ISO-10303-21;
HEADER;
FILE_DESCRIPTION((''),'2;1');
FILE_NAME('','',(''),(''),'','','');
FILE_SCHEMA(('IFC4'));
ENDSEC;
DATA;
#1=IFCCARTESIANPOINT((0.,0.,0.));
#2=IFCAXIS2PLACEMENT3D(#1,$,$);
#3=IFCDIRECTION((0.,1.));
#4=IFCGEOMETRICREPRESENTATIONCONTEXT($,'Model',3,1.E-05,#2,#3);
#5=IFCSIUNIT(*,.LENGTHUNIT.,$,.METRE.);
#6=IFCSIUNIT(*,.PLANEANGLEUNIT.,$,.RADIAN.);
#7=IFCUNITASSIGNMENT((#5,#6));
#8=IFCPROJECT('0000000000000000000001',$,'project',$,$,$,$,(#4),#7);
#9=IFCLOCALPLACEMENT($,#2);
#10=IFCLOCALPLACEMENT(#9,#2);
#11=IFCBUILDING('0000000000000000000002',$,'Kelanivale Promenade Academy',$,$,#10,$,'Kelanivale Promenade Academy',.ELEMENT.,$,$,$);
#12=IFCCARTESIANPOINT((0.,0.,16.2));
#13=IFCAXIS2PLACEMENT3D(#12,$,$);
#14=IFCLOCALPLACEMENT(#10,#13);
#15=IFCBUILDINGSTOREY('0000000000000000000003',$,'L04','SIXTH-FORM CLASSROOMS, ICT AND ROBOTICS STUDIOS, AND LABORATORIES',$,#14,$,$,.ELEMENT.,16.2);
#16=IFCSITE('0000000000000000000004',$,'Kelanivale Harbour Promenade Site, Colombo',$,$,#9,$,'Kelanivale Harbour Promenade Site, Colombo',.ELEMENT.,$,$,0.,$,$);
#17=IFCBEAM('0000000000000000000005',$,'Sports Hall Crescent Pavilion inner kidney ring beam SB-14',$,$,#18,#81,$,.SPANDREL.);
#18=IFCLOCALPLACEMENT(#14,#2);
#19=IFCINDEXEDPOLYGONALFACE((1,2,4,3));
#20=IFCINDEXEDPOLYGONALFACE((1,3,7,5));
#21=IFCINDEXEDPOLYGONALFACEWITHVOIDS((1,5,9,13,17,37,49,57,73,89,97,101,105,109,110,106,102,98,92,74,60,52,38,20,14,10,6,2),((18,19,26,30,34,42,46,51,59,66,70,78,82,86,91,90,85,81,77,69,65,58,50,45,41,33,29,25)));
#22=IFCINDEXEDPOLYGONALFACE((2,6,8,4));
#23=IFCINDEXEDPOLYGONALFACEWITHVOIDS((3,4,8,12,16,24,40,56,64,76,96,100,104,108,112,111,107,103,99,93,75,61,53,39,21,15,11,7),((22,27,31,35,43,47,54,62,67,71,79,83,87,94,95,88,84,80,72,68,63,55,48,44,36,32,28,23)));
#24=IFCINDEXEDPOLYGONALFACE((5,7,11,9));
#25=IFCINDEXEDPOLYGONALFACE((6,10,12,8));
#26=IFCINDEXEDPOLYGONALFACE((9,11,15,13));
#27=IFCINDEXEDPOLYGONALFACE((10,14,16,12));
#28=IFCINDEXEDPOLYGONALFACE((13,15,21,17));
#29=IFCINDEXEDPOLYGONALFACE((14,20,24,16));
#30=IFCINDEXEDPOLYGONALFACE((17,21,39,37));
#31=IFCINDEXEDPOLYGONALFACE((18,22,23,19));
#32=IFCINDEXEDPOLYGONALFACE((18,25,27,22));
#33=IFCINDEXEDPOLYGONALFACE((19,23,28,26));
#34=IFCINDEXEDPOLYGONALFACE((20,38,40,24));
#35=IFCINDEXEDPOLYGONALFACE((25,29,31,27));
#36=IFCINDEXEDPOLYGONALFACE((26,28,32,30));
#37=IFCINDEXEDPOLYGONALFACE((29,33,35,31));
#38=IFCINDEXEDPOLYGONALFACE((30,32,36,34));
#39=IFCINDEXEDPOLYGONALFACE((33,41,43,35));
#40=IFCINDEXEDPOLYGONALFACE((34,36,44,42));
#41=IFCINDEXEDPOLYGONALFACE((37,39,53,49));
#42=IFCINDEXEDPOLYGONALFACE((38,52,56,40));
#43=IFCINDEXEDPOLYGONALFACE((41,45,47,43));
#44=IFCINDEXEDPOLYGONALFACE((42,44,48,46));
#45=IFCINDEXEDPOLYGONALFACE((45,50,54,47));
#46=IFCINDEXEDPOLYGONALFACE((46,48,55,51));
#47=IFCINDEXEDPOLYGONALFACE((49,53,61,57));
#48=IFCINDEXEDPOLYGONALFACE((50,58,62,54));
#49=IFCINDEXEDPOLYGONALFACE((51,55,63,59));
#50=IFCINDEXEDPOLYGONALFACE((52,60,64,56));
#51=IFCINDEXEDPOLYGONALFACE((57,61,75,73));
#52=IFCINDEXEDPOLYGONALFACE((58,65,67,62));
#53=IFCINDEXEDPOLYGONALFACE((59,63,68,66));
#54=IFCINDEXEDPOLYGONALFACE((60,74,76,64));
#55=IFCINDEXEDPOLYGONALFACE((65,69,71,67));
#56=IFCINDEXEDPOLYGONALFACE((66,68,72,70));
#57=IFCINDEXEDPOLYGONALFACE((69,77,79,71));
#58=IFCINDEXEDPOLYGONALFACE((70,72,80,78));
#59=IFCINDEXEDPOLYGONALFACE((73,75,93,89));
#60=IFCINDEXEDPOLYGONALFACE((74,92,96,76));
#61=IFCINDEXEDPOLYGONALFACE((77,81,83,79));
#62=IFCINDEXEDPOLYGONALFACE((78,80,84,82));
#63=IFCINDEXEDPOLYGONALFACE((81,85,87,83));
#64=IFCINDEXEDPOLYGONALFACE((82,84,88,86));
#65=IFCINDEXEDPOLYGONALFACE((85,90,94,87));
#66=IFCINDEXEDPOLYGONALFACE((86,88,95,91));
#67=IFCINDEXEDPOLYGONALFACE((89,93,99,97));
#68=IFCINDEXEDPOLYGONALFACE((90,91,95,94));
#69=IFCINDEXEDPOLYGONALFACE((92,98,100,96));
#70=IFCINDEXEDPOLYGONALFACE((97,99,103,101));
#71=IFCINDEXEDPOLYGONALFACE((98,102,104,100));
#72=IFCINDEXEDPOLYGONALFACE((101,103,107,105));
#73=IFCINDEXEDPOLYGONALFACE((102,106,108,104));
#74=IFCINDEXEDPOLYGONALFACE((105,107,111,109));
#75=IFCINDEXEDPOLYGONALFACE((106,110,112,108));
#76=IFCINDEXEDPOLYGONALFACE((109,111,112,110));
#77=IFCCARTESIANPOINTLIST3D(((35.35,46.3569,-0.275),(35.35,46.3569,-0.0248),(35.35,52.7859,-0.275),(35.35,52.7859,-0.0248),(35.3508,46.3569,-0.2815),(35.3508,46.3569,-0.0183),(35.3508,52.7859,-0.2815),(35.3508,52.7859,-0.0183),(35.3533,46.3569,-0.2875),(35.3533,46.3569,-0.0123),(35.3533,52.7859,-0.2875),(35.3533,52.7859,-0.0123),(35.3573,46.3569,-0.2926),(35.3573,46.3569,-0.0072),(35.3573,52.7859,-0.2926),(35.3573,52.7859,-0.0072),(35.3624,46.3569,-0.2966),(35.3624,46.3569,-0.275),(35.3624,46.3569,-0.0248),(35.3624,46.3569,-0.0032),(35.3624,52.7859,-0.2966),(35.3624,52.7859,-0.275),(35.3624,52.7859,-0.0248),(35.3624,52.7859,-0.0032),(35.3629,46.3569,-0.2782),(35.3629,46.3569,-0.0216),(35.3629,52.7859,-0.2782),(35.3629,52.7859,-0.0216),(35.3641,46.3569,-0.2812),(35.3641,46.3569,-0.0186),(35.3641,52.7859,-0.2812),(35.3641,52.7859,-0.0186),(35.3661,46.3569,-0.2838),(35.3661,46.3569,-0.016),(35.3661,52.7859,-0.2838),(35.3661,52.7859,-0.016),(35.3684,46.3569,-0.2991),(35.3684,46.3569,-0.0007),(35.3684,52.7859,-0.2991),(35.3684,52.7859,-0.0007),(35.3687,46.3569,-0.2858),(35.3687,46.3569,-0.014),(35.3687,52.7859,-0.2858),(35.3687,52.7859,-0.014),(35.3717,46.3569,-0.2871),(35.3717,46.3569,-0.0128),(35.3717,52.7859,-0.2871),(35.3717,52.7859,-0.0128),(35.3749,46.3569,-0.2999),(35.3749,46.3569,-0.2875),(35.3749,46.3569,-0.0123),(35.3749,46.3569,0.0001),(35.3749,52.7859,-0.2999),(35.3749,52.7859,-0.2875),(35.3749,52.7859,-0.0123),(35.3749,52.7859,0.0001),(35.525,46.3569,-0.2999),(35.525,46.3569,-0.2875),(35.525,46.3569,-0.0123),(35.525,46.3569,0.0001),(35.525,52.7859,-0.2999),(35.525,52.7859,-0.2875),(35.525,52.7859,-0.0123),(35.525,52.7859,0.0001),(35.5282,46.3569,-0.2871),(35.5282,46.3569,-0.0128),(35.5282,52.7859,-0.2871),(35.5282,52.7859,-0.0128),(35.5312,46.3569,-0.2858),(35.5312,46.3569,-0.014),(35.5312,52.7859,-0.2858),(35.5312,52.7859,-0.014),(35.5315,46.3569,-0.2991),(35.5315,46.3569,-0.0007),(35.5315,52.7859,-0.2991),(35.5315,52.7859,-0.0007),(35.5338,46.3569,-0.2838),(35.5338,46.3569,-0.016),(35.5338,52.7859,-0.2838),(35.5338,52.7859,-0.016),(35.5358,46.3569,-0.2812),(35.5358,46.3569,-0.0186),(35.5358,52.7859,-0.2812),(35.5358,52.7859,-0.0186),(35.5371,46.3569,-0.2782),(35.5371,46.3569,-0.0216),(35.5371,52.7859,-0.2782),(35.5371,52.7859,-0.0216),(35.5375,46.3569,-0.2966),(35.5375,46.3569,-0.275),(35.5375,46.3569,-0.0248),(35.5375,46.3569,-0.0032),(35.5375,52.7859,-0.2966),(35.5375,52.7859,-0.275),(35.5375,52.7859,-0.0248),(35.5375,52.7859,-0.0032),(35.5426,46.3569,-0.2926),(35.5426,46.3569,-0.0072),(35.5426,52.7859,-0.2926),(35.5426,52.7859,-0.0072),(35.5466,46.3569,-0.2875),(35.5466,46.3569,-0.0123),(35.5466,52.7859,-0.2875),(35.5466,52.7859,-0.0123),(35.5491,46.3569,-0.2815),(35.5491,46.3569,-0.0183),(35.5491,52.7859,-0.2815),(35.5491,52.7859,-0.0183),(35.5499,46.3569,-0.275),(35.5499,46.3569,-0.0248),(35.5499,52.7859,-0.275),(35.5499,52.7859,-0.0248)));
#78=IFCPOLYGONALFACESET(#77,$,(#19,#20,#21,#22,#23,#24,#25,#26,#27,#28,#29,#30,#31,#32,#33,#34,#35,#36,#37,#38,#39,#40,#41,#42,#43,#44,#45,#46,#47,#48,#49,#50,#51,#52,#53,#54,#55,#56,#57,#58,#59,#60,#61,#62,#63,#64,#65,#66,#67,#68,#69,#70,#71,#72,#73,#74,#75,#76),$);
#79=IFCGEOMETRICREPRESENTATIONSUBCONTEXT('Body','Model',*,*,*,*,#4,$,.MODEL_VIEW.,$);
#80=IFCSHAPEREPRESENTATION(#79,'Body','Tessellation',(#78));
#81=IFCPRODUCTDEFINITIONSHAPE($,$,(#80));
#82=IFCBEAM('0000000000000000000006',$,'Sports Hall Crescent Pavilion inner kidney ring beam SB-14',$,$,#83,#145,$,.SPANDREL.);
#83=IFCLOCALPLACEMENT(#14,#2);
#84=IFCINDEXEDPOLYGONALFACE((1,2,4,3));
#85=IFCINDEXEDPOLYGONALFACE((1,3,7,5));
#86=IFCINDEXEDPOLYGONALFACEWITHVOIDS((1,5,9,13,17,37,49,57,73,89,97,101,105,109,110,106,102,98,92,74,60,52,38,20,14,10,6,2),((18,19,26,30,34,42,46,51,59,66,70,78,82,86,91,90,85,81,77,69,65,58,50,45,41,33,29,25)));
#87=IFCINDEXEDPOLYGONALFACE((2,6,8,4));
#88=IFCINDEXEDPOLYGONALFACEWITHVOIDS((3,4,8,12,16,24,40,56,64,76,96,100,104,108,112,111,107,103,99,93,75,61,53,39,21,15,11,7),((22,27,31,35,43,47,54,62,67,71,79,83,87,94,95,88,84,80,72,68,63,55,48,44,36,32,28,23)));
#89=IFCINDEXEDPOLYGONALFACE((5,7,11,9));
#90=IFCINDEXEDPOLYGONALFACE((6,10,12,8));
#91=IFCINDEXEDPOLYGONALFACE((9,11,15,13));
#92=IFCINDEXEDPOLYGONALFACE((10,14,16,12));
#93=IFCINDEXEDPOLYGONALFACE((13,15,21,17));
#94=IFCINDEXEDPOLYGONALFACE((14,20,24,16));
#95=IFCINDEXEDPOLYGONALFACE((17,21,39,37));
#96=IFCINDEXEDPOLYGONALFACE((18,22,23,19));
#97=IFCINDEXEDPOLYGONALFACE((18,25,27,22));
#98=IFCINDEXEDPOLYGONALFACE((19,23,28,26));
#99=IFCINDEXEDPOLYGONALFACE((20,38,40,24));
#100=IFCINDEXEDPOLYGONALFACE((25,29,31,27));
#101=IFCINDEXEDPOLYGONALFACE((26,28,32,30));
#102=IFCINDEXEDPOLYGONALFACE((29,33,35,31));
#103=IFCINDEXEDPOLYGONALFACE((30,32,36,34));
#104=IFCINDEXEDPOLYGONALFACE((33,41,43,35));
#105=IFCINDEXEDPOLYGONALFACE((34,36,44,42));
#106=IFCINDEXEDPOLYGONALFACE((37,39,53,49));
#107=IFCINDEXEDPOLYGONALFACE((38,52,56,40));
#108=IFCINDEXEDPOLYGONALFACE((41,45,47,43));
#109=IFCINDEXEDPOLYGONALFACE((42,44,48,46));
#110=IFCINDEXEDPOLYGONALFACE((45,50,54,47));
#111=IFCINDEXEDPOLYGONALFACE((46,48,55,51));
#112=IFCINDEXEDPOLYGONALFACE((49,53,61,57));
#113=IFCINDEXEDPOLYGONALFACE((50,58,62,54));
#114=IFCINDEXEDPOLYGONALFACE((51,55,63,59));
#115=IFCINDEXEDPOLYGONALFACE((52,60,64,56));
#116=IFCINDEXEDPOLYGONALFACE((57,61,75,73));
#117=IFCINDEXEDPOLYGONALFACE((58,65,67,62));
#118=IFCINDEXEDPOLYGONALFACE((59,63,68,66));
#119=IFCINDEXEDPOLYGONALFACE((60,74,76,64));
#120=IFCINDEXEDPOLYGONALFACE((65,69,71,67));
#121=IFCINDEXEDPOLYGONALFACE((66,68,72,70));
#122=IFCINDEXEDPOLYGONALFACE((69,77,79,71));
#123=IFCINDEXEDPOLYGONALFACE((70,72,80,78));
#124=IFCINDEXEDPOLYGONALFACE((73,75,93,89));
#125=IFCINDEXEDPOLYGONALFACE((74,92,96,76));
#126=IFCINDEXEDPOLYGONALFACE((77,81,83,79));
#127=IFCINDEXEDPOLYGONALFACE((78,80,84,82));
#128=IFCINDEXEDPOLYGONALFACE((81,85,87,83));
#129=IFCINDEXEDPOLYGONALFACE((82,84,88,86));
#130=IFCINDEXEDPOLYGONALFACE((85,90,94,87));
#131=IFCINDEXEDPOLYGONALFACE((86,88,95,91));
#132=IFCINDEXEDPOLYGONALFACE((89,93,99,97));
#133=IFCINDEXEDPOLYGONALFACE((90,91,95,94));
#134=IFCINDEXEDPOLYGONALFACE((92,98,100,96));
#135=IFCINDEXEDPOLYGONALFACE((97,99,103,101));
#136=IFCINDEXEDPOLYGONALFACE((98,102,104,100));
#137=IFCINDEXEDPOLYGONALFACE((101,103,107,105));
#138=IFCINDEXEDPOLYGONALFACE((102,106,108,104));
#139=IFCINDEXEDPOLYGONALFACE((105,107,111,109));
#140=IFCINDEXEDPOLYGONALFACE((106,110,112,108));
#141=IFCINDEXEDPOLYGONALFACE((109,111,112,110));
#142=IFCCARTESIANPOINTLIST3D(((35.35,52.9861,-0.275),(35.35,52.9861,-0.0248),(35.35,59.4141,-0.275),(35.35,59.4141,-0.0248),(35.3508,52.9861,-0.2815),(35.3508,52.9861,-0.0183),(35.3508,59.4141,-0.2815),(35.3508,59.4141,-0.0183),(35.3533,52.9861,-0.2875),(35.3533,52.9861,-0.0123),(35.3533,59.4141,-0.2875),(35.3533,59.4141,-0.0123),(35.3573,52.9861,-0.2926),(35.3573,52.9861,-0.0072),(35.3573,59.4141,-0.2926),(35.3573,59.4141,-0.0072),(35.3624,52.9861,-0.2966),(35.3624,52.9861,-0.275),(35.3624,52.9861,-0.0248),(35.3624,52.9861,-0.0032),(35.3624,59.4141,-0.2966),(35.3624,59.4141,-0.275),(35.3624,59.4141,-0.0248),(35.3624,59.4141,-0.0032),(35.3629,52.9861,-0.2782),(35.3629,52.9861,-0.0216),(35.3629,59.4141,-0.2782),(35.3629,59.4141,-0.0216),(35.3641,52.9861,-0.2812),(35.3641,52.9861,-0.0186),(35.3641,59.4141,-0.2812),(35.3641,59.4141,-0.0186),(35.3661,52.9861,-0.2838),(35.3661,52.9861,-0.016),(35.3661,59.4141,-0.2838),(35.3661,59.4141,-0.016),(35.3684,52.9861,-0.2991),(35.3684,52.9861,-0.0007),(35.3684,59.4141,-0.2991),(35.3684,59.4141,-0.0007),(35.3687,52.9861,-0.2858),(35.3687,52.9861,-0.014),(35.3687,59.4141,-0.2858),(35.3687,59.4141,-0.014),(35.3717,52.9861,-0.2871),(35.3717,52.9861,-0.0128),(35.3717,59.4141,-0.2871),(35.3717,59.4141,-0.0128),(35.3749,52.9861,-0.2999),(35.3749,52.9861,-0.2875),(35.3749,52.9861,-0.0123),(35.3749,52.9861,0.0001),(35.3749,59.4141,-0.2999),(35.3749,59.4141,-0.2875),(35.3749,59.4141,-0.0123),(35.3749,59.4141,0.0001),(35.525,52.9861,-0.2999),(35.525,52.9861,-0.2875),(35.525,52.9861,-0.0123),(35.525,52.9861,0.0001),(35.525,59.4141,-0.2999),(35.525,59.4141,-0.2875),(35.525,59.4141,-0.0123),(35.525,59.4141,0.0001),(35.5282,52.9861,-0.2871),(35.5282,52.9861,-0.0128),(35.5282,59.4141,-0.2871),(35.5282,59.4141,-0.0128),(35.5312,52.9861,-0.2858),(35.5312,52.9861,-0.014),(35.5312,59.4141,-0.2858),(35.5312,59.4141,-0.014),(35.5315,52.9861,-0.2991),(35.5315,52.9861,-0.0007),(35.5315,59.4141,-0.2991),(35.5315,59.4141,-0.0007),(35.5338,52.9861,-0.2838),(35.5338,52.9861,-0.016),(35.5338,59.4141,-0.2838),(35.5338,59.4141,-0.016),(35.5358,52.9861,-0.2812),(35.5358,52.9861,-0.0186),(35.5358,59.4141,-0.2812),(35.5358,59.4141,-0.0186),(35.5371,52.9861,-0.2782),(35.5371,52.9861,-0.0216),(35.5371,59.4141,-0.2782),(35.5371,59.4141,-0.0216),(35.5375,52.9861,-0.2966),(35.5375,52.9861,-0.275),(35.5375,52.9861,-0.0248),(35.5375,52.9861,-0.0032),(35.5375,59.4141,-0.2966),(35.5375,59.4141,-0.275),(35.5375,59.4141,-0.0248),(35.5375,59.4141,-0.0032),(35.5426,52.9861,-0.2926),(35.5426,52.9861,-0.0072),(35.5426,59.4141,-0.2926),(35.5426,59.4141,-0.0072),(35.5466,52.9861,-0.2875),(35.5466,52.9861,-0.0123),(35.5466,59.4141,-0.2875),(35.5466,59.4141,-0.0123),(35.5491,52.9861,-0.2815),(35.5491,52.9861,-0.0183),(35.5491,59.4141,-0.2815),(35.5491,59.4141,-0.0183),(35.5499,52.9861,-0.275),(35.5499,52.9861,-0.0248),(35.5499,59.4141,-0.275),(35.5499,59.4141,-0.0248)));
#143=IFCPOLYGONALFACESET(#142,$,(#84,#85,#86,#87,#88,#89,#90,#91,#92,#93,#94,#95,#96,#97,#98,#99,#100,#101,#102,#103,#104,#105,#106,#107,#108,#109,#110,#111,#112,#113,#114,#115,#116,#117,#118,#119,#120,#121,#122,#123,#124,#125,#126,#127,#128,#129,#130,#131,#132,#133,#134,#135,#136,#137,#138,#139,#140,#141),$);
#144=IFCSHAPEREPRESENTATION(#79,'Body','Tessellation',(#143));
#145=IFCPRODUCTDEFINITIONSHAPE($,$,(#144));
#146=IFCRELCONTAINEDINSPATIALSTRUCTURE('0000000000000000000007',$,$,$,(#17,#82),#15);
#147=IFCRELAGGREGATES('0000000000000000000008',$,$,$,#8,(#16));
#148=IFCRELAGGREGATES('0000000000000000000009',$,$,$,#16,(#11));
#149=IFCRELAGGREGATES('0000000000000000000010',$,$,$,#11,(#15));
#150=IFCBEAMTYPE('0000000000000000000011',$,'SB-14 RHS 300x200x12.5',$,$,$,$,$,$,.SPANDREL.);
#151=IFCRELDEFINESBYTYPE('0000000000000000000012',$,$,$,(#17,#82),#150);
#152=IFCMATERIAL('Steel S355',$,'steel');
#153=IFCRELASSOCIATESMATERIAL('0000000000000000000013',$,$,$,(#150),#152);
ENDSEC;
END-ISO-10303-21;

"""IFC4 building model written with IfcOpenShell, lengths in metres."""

from ifc_helpers import new_model, si_unit, direction, frame, origin, origin_2d, place, context, subcontext, project, spatial, hollow_rectangle, extrude, material, material_profile, profile_set, type_object, element, save


model = new_model("IFC4")

# Units and contexts
model_context = context("Model", 3, precision=1e-05, world=origin(), true_north=direction((0.0, 1.0)))
body_context = subcontext(model_context, "Body", "Model", "MODEL_VIEW")
ifc_project = project(units=[si_unit("LENGTHUNIT", "METRE"), si_unit("PLANEANGLEUNIT", "RADIAN")], contexts=[model_context])

# Site, building, storey
site_placement = place(None, origin())
site = spatial("IfcSite", under=ifc_project, at=site_placement, Name="Kelanivale Harbour Promenade Site, Colombo", LongName="Kelanivale Harbour Promenade Site, Colombo", CompositionType="ELEMENT", RefElevation=0.0)
building_placement = place(site_placement, origin())
building = spatial("IfcBuilding", under=site, at=building_placement, Name="Kelanivale Promenade Academy", LongName="Kelanivale Promenade Academy", CompositionType="ELEMENT")
storey_placement = place(building_placement, frame((0.0, 0.0, 16.2)))
storey = spatial("IfcBuildingStorey", under=building, at=storey_placement, Name="L04", Description="SIXTH-FORM CLASSROOMS, ICT AND ROBOTICS STUDIOS, AND LABORATORIES", CompositionType="ELEMENT", Elevation=16.2)

# Shared definitions
ifc_material_1 = material(Name="Steel S355", Category="steel")

# Beams
ifc_material_profile_1 = material_profile(ifc_material_1, hollow_rectangle(XDim=0.2, YDim=0.3, WallThickness=0.0125, InnerFilletRadius=0.0125, OuterFilletRadius=0.0249, at=origin_2d()), Name="RHS 300x200x12.5")
ifc_profile_set_1 = profile_set([ifc_material_profile_1], Name="Steel S355")
beam_type = type_object("IfcBeamType", Name="SB-14 RHS 300x200x12.5", PredefinedType="SPANDREL", material=ifc_profile_set_1)
beam_1_placement = place(storey_placement, frame((35.45, 46.3569, -0.1499), z_axis=(0.0, 1.0, 0.0), x_axis=(-1.0, 0.0, 0.0)))
element("IfcBeam", 1, at=beam_1_placement, inside=storey, type_object=beam_type, Name="Sports Hall Crescent Pavilion inner kidney ring beam SB-14", PredefinedType="SPANDREL", context=body_context, shape_type="SweptSolid", body=[
    extrude(hollow_rectangle(XDim=0.2, YDim=0.3, WallThickness=0.0125, InnerFilletRadius=0.0125, OuterFilletRadius=0.0249, at=origin_2d()), origin(), (0.0, 0.0, 1.0), 6.429),
])
beam_2_placement = place(storey_placement, frame((35.45, 52.9861, -0.1499), z_axis=(0.0, 1.0, 0.0), x_axis=(-1.0, 0.0, 0.0)))
element("IfcBeam", 2, at=beam_2_placement, inside=storey, type_object=beam_type, Name="Sports Hall Crescent Pavilion inner kidney ring beam SB-14", PredefinedType="SPANDREL", context=body_context, shape_type="SweptSolid", body=[
    extrude(hollow_rectangle(XDim=0.2, YDim=0.3, WallThickness=0.0125, InnerFilletRadius=0.0125, OuterFilletRadius=0.0249, at=origin_2d()), origin(), (0.0, 0.0, 1.0), 6.428),
])

save(model, "model.ifc")
